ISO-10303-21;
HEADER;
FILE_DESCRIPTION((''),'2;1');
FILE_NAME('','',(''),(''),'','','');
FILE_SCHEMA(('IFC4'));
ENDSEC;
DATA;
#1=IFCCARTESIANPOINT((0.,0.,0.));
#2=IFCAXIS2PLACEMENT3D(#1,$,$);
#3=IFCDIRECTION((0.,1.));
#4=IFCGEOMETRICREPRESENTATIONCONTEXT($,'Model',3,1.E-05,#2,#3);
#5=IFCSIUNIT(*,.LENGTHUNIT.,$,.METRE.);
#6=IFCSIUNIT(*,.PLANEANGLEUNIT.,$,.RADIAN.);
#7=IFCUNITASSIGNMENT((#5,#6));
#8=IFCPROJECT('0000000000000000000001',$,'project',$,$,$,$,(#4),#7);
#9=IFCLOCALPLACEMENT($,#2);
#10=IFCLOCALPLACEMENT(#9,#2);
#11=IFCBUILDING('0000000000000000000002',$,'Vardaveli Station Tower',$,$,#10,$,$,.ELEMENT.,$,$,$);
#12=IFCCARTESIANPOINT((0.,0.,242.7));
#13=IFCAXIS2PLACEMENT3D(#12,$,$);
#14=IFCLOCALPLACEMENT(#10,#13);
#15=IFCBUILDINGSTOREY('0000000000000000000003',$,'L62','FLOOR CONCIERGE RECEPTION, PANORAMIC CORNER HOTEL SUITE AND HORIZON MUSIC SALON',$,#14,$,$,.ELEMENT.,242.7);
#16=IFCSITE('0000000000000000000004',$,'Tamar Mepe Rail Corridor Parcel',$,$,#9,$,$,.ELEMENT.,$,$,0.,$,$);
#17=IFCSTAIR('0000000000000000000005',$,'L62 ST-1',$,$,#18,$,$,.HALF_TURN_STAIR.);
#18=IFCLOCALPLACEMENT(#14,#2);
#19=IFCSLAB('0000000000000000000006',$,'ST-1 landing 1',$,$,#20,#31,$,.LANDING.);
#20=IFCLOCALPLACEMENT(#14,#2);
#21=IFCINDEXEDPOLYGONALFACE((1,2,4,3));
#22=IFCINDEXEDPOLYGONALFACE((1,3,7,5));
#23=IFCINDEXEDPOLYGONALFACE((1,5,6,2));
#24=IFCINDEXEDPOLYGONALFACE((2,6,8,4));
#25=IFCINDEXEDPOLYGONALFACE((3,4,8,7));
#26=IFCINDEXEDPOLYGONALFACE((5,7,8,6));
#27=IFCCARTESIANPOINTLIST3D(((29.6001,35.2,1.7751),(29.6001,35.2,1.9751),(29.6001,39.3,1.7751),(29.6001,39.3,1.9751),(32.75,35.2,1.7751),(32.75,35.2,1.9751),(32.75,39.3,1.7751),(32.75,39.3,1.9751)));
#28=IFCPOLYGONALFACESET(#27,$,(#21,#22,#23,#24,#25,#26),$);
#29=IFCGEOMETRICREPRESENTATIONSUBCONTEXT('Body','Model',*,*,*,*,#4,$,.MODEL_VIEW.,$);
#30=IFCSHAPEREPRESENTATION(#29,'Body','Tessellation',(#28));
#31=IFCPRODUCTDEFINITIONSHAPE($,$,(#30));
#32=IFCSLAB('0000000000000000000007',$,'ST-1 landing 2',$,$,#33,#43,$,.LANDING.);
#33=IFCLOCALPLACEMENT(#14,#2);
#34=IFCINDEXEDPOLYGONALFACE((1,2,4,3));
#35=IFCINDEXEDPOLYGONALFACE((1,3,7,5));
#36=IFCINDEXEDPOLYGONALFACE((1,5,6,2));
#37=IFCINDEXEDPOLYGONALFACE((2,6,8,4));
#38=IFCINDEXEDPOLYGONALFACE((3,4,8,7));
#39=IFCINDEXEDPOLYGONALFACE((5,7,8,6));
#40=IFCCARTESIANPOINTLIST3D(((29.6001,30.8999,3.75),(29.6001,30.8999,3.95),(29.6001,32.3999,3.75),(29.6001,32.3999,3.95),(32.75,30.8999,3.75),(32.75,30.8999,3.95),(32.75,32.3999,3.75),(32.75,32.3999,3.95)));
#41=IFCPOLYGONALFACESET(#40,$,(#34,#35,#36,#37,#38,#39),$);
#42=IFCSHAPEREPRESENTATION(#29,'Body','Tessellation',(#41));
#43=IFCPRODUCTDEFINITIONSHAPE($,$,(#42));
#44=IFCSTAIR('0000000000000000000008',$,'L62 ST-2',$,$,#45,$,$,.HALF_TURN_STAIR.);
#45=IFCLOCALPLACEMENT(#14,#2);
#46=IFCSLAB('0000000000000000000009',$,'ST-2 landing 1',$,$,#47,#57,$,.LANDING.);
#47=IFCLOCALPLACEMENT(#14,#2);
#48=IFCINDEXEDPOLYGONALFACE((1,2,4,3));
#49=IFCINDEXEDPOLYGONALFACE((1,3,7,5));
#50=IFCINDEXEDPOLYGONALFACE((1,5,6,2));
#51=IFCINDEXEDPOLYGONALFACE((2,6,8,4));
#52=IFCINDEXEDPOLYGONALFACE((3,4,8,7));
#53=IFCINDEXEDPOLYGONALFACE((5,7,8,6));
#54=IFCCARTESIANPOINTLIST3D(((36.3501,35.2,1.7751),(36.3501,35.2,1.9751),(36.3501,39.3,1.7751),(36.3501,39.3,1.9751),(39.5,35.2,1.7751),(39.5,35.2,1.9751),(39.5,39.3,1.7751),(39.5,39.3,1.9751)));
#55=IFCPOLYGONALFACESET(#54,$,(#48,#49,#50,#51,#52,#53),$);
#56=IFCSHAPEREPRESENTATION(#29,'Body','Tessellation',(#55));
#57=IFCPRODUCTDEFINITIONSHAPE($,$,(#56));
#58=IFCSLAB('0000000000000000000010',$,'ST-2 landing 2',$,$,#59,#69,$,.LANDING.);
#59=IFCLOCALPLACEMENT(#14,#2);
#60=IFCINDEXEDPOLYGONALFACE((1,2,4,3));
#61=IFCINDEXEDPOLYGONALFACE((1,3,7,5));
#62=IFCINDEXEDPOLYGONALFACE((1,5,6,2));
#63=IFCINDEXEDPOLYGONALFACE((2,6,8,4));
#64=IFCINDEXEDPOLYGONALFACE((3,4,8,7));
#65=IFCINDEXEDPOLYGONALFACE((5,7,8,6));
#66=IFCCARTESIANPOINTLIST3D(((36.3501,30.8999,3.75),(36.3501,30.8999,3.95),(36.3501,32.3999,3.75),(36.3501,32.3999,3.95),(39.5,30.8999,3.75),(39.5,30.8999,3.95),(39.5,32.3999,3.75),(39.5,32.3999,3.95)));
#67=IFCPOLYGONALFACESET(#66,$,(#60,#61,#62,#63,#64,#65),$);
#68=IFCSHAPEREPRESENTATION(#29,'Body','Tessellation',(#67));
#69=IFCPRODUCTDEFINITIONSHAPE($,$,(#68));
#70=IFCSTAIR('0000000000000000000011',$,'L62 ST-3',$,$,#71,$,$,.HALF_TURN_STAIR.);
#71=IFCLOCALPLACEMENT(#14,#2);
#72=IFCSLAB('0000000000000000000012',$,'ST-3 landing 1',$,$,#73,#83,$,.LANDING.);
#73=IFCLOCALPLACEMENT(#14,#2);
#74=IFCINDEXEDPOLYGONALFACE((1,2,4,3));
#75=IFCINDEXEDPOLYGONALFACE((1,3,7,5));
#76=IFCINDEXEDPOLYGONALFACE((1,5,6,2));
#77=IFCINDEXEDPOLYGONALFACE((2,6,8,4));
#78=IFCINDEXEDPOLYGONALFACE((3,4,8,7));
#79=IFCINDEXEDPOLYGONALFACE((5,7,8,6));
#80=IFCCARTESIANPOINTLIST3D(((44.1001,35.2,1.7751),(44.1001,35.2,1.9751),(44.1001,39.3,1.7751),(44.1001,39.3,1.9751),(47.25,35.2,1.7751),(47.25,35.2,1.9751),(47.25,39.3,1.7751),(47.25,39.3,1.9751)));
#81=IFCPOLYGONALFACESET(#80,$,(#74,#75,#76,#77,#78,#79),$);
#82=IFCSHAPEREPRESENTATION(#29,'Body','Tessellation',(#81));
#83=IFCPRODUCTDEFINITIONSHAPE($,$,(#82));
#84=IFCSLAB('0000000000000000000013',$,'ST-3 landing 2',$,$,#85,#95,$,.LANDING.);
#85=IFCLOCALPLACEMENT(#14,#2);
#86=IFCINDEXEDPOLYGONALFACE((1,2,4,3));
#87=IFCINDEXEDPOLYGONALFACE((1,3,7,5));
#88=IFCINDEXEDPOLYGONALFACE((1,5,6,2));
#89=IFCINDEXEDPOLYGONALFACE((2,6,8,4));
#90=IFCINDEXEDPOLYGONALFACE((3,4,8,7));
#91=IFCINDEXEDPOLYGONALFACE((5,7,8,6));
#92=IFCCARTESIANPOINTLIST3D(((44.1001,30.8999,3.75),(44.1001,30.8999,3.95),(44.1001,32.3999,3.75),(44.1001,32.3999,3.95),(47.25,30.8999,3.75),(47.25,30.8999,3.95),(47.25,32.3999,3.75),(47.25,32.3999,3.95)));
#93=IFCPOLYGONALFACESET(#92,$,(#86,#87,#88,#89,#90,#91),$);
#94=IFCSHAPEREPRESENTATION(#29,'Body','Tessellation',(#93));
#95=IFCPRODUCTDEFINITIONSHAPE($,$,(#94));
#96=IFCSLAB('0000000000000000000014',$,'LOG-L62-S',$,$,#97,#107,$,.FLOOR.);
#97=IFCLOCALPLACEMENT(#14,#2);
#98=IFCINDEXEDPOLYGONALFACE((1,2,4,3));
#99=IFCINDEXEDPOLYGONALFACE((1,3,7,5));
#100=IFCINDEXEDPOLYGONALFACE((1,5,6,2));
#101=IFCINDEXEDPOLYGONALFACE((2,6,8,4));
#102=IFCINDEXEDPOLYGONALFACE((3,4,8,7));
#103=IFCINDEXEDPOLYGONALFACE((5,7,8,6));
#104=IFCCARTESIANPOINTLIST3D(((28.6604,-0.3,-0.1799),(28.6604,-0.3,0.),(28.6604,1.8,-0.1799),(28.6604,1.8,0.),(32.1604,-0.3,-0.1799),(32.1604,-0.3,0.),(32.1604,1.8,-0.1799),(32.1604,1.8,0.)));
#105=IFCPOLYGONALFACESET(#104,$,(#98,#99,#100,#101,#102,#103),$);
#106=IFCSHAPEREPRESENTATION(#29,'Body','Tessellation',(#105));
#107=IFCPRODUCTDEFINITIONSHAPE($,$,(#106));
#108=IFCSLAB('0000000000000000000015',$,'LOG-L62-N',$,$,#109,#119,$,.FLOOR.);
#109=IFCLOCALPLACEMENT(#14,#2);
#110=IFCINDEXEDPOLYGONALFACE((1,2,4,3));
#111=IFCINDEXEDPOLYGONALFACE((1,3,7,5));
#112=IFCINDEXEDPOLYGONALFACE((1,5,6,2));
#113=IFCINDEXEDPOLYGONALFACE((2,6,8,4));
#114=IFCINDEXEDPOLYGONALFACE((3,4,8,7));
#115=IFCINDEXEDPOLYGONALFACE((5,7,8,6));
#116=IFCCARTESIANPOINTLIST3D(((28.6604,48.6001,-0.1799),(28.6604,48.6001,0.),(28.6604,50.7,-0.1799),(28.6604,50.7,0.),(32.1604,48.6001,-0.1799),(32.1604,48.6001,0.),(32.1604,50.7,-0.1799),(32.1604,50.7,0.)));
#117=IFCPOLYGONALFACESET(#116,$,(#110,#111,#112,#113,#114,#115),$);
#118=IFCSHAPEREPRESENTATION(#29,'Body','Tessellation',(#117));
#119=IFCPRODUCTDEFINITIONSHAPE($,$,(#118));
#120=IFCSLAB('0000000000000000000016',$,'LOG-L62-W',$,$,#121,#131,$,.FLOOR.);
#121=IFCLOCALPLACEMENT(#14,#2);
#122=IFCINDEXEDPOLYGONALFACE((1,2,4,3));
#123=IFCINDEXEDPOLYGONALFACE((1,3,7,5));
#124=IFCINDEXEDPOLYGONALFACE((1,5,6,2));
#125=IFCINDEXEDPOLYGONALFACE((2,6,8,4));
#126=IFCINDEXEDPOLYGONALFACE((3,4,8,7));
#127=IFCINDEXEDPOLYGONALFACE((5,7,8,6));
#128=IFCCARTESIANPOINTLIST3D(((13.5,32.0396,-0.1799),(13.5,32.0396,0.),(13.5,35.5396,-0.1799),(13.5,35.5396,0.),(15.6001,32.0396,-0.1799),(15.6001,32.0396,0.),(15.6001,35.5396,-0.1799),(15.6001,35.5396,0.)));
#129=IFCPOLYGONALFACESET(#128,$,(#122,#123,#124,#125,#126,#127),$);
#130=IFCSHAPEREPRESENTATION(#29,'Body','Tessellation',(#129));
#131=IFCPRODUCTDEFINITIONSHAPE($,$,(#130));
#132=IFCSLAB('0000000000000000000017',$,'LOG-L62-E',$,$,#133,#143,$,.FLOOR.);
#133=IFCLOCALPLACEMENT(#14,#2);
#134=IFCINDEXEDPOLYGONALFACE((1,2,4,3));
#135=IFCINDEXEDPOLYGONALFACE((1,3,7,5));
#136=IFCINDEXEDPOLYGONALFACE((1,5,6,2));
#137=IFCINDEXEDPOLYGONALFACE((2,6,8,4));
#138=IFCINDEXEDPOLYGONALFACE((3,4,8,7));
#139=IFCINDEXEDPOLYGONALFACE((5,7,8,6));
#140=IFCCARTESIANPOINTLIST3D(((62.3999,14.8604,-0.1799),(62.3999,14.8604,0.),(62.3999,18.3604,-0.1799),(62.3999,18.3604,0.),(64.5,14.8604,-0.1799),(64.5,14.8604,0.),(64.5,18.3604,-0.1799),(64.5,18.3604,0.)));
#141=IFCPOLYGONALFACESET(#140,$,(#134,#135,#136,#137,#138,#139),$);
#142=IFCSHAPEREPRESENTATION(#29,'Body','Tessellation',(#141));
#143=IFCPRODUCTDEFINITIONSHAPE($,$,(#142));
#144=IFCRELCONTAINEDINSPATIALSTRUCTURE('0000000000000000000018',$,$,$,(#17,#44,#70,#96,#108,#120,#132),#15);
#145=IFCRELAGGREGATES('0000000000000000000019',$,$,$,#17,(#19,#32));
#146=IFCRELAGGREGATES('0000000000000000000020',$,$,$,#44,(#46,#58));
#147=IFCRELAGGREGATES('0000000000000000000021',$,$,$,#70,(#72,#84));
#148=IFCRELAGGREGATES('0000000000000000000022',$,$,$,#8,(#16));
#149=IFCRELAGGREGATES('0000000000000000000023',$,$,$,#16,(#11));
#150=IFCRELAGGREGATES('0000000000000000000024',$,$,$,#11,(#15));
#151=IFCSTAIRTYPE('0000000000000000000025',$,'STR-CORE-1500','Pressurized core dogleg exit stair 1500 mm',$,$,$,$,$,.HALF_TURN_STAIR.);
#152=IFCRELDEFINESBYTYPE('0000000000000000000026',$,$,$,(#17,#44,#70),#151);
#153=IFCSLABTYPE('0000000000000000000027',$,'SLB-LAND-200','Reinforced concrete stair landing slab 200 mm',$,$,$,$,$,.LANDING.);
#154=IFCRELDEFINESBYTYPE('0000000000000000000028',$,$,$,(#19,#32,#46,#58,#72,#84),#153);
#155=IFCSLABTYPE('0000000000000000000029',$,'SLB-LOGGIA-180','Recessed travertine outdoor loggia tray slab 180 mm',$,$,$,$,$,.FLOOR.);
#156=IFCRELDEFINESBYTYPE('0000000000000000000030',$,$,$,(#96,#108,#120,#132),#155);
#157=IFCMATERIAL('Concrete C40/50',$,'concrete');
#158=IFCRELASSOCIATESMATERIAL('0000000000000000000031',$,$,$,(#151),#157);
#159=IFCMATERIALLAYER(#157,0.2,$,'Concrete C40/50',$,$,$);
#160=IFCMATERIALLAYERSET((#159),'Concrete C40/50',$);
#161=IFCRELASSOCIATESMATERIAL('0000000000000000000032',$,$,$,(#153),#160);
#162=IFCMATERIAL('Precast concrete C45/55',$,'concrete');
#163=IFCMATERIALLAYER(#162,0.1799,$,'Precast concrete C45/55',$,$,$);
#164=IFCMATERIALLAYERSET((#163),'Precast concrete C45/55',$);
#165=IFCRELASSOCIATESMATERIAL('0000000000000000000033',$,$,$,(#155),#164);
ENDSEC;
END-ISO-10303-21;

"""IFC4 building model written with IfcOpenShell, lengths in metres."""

from ifc_helpers import new_model, si_unit, direction, frame, origin, place, context, subcontext, project, spatial, polyline, outline, extrude, material, layer, layer_set, type_object, element, aggregate, save


model = new_model("IFC4")

# Units and contexts
model_context = context("Model", 3, precision=1e-05, world=origin(), true_north=direction((0.0, 1.0)))
body_context = subcontext(model_context, "Body", "Model", "MODEL_VIEW")
ifc_project = project(units=[si_unit("LENGTHUNIT", "METRE"), si_unit("PLANEANGLEUNIT", "RADIAN")], contexts=[model_context])

# Site, building, storey
site_placement = place(None, origin())
site = spatial("IfcSite", under=ifc_project, at=site_placement, Name="Tamar Mepe Rail Corridor Parcel", CompositionType="ELEMENT", RefElevation=0.0)
building_placement = place(site_placement, origin())
building = spatial("IfcBuilding", under=site, at=building_placement, Name="Vardaveli Station Tower", CompositionType="ELEMENT")
storey_placement = place(building_placement, frame((0.0, 0.0, 242.7)))
storey = spatial("IfcBuildingStorey", under=building, at=storey_placement, Name="L62", Description="FLOOR CONCIERGE RECEPTION, PANORAMIC CORNER HOTEL SUITE AND HORIZON MUSIC SALON", CompositionType="ELEMENT", Elevation=242.7)

# Stairs, slabs
ifc_material_1 = material(Name="Concrete C40/50", Category="concrete")
stair_type = type_object("IfcStairType", Name="STR-CORE-1500", Description="Pressurized core dogleg exit stair 1500 mm", PredefinedType="HALF_TURN_STAIR", material=ifc_material_1)
stair_1_placement = place(storey_placement, origin())
stair_1 = element("IfcStair", 1, at=stair_1_placement, inside=storey, type_object=stair_type, Name="L62 ST-1", PredefinedType="HALF_TURN_STAIR")
ifc_layer_1 = layer(ifc_material_1, 0.2, Name="Concrete C40/50")
ifc_layer_set_1 = layer_set([ifc_layer_1], Name="Concrete C40/50")
slab_type_1 = type_object("IfcSlabType", Name="SLB-LAND-200", Description="Reinforced concrete stair landing slab 200 mm", PredefinedType="LANDING", material=ifc_layer_set_1)
slab_1_placement = place(storey_placement, frame((0.0, 0.0, 1.7751)))
slab_1 = element("IfcSlab", 2, at=slab_1_placement, type_object=slab_type_1, Name="ST-1 landing 1", PredefinedType="LANDING", context=body_context, shape_type="SweptSolid", body=[
    extrude(outline(polyline([(32.75, 35.2), (32.75, 39.3), (29.6001, 39.3), (29.6001, 35.2), (32.75, 35.2)])), origin(), (0.0, 0.0, 1.0), 0.2),
])
slab_2_placement = place(storey_placement, frame((0.0, 0.0, 3.75)))
slab_2 = element("IfcSlab", 3, at=slab_2_placement, type_object=slab_type_1, Name="ST-1 landing 2", PredefinedType="LANDING", context=body_context, shape_type="SweptSolid", body=[
    extrude(outline(polyline([(32.75, 30.8999), (32.75, 32.3999), (29.6001, 32.3999), (29.6001, 30.8999), (32.75, 30.8999)])), origin(), (0.0, 0.0, 1.0), 0.2),
])
aggregate(stair_1, [slab_1, slab_2])
stair_2_placement = place(storey_placement, origin())
stair_2 = element("IfcStair", 4, at=stair_2_placement, inside=storey, type_object=stair_type, Name="L62 ST-2", PredefinedType="HALF_TURN_STAIR")
slab_3_placement = place(storey_placement, frame((0.0, 0.0, 1.7751)))
slab_3 = element("IfcSlab", 5, at=slab_3_placement, type_object=slab_type_1, Name="ST-2 landing 1", PredefinedType="LANDING", context=body_context, shape_type="SweptSolid", body=[
    extrude(outline(polyline([(39.5, 35.2), (39.5, 39.3), (36.3501, 39.3), (36.3501, 35.2), (39.5, 35.2)])), origin(), (0.0, 0.0, 1.0), 0.2),
])
slab_4_placement = place(storey_placement, frame((0.0, 0.0, 3.75)))
slab_4 = element("IfcSlab", 6, at=slab_4_placement, type_object=slab_type_1, Name="ST-2 landing 2", PredefinedType="LANDING", context=body_context, shape_type="SweptSolid", body=[
    extrude(outline(polyline([(39.5, 30.8999), (39.5, 32.3999), (36.3501, 32.3999), (36.3501, 30.8999), (39.5, 30.8999)])), origin(), (0.0, 0.0, 1.0), 0.2),
])
aggregate(stair_2, [slab_3, slab_4])
stair_3_placement = place(storey_placement, origin())
stair_3 = element("IfcStair", 7, at=stair_3_placement, inside=storey, type_object=stair_type, Name="L62 ST-3", PredefinedType="HALF_TURN_STAIR")
slab_5_placement = place(storey_placement, frame((0.0, 0.0, 1.7751)))
slab_5 = element("IfcSlab", 8, at=slab_5_placement, type_object=slab_type_1, Name="ST-3 landing 1", PredefinedType="LANDING", context=body_context, shape_type="SweptSolid", body=[
    extrude(outline(polyline([(47.25, 35.2), (47.25, 39.3), (44.1001, 39.3), (44.1001, 35.2), (47.25, 35.2)])), origin(), (0.0, 0.0, 1.0), 0.2),
])
slab_6_placement = place(storey_placement, frame((0.0, 0.0, 3.75)))
slab_6 = element("IfcSlab", 9, at=slab_6_placement, type_object=slab_type_1, Name="ST-3 landing 2", PredefinedType="LANDING", context=body_context, shape_type="SweptSolid", body=[
    extrude(outline(polyline([(47.25, 30.8999), (47.25, 32.3999), (44.1001, 32.3999), (44.1001, 30.8999), (47.25, 30.8999)])), origin(), (0.0, 0.0, 1.0), 0.2),
])
aggregate(stair_3, [slab_5, slab_6])

# Slabs
ifc_material_2 = material(Name="Precast concrete C45/55", Category="concrete")
ifc_layer_2 = layer(ifc_material_2, 0.1799, Name="Precast concrete C45/55")
ifc_layer_set_2 = layer_set([ifc_layer_2], Name="Precast concrete C45/55")
slab_type_2 = type_object("IfcSlabType", Name="SLB-LOGGIA-180", Description="Recessed travertine outdoor loggia tray slab 180 mm", PredefinedType="FLOOR", material=ifc_layer_set_2)
slab_7_placement = place(storey_placement, frame((0.0, 0.0, -0.1799)))
element("IfcSlab", 10, at=slab_7_placement, inside=storey, type_object=slab_type_2, Name="LOG-L62-S", PredefinedType="FLOOR", context=body_context, shape_type="SweptSolid", body=[
    extrude(outline(polyline([(28.6604, -0.3), (32.1604, -0.3), (32.1604, 1.8), (28.6604, 1.8), (28.6604, -0.3)])), origin(), (0.0, 0.0, 1.0), 0.1799),
])
slab_8_placement = place(storey_placement, frame((0.0, 0.0, -0.1799)))
element("IfcSlab", 11, at=slab_8_placement, inside=storey, type_object=slab_type_2, Name="LOG-L62-N", PredefinedType="FLOOR", context=body_context, shape_type="SweptSolid", body=[
    extrude(outline(polyline([(28.6604, 48.6001), (32.1604, 48.6001), (32.1604, 50.7), (28.6604, 50.7), (28.6604, 48.6001)])), origin(), (0.0, 0.0, 1.0), 0.1799),
])
slab_9_placement = place(storey_placement, frame((0.0, 0.0, -0.1799)))
element("IfcSlab", 12, at=slab_9_placement, inside=storey, type_object=slab_type_2, Name="LOG-L62-W", PredefinedType="FLOOR", context=body_context, shape_type="SweptSolid", body=[
    extrude(outline(polyline([(13.5, 32.0396), (15.6001, 32.0396), (15.6001, 35.5396), (13.5, 35.5396), (13.5, 32.0396)])), origin(), (0.0, 0.0, 1.0), 0.1799),
])
slab_10_placement = place(storey_placement, frame((0.0, 0.0, -0.1799)))
element("IfcSlab", 13, at=slab_10_placement, inside=storey, type_object=slab_type_2, Name="LOG-L62-E", PredefinedType="FLOOR", context=body_context, shape_type="SweptSolid", body=[
    extrude(outline(polyline([(62.3999, 14.8604), (64.5, 14.8604), (64.5, 18.3604), (62.3999, 18.3604), (62.3999, 14.8604)])), origin(), (0.0, 0.0, 1.0), 0.1799),
])

save(model, "model.ifc")
